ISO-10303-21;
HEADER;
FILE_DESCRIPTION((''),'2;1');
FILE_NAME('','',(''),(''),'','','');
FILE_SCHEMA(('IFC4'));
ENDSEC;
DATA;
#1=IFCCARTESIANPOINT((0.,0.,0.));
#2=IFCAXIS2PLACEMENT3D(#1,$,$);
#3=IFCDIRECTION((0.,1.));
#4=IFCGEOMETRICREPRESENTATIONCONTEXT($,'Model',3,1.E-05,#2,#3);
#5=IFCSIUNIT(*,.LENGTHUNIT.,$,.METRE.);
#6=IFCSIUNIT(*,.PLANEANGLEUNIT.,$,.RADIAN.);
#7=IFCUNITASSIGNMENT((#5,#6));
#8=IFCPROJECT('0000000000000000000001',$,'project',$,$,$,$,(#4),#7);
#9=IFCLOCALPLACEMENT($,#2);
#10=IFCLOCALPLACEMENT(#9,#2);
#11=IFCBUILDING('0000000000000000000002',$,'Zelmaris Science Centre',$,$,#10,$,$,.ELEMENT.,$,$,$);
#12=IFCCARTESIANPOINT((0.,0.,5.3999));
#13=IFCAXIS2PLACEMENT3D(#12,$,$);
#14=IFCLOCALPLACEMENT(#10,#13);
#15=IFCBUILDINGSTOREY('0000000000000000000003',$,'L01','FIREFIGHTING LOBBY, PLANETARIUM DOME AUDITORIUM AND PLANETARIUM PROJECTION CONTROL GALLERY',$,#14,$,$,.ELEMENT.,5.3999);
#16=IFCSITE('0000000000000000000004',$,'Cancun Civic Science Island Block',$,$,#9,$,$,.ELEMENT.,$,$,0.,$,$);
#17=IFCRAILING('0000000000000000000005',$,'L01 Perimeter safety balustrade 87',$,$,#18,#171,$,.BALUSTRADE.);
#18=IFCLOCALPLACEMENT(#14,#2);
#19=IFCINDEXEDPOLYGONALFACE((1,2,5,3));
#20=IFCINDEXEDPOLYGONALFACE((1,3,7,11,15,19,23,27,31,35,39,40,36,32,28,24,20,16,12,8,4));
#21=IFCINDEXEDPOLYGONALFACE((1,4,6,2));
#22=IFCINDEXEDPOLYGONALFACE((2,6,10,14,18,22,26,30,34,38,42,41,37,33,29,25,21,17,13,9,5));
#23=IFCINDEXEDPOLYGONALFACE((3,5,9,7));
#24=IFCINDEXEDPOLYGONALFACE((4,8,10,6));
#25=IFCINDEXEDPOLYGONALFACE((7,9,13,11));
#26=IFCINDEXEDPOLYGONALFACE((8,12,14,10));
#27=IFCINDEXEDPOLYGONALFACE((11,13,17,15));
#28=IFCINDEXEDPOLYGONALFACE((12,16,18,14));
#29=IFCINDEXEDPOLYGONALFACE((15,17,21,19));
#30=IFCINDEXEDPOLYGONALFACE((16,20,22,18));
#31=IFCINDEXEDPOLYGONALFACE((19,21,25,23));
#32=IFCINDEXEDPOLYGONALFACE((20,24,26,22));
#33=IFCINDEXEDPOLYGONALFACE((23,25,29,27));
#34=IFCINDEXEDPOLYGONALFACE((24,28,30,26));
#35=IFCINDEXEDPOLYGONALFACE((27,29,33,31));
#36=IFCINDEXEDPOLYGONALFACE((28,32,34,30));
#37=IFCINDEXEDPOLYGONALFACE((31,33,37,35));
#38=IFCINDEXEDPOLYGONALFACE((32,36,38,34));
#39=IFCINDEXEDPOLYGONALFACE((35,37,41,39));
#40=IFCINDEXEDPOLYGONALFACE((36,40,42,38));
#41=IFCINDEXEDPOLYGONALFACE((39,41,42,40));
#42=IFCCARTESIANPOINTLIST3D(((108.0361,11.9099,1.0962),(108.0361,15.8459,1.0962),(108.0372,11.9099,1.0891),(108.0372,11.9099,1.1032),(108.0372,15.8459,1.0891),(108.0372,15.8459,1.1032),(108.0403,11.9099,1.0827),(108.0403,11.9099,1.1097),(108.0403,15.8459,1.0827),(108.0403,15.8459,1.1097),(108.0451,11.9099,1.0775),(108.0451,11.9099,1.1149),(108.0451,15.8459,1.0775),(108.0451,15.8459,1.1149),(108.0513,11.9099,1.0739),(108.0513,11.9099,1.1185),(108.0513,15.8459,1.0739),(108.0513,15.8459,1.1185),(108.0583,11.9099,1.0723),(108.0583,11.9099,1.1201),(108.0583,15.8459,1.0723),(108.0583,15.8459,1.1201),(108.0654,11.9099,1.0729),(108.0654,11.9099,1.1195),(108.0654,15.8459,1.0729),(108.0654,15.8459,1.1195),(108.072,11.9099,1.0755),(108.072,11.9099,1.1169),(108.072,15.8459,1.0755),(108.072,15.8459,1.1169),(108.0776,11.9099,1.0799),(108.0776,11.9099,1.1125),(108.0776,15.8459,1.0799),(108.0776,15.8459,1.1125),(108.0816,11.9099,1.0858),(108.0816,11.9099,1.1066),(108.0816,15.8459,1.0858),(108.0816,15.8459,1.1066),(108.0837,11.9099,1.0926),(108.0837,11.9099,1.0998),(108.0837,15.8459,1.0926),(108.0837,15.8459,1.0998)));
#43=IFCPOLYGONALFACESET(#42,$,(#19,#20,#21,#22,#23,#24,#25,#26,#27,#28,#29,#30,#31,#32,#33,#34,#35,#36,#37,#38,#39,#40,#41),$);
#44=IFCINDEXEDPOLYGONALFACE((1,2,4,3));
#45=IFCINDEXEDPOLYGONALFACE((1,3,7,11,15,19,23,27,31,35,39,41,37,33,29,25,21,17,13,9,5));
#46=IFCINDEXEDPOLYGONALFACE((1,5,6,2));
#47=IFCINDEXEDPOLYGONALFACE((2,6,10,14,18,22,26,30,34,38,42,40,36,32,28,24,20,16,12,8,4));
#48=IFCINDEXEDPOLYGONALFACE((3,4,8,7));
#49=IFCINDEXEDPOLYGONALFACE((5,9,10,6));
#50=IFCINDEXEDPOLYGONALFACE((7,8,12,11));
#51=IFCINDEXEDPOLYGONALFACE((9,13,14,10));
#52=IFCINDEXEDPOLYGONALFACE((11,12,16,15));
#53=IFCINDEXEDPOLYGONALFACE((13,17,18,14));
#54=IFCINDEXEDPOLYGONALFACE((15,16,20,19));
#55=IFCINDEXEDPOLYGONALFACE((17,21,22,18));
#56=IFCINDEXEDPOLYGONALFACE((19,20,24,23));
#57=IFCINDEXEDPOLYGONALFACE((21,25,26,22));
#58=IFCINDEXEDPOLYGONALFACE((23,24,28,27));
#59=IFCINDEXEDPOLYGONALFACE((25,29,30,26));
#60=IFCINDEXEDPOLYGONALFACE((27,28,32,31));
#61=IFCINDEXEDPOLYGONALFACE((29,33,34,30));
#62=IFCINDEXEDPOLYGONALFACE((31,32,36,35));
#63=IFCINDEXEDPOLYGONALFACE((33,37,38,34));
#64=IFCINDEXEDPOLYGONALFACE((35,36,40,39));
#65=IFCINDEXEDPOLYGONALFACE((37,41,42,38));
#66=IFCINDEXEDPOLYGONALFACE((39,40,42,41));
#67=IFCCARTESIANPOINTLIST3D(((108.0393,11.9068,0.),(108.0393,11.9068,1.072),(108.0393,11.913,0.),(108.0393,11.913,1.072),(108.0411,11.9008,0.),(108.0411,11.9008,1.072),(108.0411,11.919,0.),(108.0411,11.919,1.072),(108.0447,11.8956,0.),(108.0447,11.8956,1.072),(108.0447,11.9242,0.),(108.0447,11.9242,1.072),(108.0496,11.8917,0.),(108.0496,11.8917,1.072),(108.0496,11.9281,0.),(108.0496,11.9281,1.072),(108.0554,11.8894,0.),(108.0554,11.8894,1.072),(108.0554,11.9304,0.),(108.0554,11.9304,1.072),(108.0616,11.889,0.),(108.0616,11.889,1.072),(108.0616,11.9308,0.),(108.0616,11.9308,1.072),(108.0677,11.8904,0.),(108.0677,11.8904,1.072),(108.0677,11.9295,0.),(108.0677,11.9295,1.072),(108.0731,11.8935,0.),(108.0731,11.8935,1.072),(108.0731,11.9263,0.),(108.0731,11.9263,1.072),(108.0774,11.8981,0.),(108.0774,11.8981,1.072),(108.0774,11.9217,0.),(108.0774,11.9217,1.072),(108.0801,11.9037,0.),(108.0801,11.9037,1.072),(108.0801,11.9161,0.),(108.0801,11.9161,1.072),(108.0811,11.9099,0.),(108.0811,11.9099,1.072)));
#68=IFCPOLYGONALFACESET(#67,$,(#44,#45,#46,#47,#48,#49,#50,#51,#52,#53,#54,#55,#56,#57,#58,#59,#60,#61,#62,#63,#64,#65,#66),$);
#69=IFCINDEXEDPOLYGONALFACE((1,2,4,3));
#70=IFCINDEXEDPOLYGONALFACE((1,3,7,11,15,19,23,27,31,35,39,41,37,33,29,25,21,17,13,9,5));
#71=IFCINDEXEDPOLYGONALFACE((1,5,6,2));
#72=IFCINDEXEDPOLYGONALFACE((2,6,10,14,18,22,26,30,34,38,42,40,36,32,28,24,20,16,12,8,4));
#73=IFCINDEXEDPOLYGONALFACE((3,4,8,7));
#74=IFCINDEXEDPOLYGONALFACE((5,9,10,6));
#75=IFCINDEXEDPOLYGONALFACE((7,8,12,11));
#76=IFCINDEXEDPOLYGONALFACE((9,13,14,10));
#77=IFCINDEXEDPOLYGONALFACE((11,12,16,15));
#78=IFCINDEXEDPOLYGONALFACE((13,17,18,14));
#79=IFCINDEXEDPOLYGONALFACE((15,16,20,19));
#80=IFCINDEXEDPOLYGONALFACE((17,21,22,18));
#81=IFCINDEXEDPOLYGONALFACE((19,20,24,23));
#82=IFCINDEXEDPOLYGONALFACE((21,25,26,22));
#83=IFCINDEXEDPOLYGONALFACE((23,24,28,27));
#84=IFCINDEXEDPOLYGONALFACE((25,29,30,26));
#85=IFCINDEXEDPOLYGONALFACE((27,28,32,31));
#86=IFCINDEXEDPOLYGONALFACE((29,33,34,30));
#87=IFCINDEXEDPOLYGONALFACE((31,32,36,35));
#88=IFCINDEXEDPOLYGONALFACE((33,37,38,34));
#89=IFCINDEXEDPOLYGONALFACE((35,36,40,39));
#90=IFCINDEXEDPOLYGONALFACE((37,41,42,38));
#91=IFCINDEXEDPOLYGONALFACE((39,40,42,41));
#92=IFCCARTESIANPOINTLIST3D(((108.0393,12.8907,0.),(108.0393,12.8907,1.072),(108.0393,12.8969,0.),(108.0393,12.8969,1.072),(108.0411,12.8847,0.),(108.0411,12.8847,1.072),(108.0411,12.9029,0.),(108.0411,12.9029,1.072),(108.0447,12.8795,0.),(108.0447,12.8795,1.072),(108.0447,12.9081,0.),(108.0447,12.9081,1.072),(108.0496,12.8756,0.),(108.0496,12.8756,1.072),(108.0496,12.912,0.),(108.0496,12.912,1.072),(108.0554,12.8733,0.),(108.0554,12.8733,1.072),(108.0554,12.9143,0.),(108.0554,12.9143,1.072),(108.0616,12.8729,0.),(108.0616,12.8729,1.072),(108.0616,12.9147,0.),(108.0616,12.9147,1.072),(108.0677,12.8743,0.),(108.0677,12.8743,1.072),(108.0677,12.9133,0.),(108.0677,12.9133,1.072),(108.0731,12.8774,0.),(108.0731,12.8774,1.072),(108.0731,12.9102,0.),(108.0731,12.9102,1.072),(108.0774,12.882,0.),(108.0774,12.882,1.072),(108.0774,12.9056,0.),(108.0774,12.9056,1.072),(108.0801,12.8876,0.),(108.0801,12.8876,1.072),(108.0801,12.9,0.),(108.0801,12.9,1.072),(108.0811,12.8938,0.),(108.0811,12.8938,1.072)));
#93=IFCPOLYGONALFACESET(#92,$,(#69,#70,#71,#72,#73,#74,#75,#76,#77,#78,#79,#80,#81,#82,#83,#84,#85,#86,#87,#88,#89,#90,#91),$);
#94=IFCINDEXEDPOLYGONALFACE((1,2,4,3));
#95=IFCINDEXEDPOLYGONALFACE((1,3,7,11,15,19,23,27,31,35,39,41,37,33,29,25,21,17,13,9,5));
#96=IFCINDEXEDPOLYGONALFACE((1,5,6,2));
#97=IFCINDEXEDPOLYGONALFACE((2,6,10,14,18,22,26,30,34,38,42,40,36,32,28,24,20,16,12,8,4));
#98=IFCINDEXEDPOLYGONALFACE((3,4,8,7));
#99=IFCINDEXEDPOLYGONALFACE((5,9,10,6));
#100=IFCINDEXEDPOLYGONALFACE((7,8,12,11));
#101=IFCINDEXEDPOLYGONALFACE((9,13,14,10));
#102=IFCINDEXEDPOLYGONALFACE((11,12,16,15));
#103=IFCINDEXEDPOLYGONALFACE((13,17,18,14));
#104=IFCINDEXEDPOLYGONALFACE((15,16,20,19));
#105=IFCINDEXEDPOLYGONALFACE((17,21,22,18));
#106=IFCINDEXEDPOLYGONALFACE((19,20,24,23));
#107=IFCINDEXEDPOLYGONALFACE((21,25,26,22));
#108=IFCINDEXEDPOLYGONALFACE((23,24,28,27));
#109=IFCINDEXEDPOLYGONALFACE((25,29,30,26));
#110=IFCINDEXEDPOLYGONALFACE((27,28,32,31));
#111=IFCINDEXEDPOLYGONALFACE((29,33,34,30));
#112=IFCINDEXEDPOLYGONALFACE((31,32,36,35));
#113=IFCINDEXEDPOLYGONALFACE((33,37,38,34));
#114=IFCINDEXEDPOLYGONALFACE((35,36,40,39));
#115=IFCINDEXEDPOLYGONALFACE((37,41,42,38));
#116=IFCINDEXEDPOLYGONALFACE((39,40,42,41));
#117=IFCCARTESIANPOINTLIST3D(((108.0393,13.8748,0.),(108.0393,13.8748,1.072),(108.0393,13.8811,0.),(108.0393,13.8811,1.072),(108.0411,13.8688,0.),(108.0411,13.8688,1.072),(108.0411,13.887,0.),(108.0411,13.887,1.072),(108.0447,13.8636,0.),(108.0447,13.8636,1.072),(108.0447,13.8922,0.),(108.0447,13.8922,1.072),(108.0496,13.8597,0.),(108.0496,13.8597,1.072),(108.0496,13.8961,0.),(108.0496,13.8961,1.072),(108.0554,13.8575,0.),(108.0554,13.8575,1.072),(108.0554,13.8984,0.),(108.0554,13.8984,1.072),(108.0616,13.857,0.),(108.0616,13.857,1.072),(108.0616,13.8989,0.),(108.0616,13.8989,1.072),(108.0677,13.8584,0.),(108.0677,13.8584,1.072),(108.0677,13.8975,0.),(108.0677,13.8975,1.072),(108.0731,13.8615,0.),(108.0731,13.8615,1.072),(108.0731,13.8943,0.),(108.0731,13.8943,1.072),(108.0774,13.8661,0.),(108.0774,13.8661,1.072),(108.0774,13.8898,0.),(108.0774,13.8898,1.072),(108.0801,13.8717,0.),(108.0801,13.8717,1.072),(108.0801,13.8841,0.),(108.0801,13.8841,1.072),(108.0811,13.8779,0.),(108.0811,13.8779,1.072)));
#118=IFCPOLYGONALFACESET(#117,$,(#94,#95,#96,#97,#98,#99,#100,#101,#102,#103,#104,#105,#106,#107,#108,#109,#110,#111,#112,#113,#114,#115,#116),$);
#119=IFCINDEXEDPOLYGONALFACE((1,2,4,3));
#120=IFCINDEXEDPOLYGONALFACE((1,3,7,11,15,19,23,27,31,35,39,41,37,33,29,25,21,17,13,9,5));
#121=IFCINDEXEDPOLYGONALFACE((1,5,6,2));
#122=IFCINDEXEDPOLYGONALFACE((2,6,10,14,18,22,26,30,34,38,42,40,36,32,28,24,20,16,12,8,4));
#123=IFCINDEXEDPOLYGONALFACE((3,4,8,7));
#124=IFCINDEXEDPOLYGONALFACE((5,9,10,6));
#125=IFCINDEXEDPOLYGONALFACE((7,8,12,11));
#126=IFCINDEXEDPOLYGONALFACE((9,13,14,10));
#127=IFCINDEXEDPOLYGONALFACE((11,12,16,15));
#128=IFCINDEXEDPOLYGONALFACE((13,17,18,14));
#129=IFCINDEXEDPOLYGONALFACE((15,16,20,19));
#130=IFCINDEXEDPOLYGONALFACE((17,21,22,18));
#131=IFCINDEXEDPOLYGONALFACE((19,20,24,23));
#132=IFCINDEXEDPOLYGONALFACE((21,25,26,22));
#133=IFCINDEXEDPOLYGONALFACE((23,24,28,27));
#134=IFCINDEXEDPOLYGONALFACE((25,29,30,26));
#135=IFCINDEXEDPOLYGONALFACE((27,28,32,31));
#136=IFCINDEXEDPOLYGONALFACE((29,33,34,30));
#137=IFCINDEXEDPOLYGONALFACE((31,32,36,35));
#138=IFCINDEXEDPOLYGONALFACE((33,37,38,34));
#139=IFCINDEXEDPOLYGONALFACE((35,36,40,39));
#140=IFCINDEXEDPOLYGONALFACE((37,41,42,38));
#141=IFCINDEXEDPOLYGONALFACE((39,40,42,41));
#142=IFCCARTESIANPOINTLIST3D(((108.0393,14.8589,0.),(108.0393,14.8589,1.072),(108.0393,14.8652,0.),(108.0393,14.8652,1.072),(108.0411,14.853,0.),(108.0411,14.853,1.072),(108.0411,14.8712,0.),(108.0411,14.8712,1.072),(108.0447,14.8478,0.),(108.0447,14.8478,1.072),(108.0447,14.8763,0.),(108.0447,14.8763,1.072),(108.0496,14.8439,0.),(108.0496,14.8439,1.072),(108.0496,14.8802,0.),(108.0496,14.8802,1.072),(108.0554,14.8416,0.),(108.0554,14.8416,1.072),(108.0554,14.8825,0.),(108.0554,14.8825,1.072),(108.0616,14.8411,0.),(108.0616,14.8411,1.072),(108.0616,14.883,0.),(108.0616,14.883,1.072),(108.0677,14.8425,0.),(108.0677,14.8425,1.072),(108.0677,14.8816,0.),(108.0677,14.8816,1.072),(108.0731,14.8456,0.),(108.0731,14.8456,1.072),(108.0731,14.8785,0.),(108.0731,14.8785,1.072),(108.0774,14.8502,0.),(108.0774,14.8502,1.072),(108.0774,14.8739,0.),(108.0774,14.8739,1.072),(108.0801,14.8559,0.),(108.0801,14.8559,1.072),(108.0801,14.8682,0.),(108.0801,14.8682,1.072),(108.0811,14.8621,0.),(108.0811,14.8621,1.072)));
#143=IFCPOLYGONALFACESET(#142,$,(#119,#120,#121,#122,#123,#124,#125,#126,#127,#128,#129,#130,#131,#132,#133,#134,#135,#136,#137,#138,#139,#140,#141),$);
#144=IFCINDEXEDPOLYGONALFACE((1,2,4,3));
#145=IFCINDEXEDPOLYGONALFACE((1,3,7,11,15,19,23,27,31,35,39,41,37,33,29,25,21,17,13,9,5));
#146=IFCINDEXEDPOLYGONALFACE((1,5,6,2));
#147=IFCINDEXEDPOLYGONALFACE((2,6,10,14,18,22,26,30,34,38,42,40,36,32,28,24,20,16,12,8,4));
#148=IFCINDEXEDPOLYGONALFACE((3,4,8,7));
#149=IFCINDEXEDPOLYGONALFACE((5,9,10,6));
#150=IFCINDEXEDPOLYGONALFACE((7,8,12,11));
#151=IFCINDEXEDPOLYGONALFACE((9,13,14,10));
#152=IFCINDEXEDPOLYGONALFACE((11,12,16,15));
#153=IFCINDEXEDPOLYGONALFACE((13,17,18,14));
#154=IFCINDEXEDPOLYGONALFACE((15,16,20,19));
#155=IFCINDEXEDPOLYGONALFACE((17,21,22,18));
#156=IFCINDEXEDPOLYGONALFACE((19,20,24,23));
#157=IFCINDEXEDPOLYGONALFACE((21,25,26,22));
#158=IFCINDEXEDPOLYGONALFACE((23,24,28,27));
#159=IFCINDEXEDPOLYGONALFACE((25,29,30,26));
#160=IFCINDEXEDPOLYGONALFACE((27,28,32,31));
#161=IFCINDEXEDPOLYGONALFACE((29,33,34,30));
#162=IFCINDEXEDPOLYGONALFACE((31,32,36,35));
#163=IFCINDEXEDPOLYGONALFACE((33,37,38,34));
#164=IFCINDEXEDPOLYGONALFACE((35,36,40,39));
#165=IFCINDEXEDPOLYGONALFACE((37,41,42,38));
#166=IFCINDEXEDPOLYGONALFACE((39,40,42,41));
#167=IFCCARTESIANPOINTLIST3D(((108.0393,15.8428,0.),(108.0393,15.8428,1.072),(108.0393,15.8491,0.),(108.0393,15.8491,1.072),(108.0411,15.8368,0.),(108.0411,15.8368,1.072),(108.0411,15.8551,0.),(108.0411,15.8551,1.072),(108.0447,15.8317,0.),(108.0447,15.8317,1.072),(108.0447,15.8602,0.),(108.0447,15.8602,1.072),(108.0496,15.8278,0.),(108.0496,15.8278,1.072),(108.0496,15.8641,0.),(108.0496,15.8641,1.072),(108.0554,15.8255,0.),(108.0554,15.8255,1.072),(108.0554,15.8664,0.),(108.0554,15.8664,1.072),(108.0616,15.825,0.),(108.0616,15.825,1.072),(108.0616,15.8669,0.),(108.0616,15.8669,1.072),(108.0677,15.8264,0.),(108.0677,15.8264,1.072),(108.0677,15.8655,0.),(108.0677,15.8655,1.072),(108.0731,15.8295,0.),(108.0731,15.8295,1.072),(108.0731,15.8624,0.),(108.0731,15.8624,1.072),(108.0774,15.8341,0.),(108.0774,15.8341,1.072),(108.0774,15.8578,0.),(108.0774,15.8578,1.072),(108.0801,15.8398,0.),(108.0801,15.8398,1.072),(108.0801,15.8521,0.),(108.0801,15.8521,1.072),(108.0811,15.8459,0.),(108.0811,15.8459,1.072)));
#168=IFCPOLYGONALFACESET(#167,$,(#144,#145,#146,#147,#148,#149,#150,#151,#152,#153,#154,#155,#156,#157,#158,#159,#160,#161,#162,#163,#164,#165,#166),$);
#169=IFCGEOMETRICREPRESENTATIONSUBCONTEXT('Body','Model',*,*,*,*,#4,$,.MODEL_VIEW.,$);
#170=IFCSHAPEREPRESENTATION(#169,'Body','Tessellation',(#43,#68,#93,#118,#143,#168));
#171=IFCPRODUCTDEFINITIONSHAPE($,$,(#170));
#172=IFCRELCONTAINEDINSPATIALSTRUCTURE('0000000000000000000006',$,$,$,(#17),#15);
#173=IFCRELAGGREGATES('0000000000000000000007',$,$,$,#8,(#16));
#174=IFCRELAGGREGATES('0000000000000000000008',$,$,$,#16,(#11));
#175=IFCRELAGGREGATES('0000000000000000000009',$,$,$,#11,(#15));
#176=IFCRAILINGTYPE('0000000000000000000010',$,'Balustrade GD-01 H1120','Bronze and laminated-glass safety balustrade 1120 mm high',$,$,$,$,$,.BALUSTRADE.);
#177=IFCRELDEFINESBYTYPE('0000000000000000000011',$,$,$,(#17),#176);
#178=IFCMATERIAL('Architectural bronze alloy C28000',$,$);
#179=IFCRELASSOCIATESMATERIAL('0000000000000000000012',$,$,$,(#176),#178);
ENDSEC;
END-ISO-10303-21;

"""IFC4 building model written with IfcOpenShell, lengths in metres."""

from ifc_helpers import new_model, si_unit, direction, frame, origin, origin_2d, place, context, subcontext, project, spatial, circle, extrude, material, type_object, element, save


model = new_model("IFC4")

# Units and contexts
model_context = context("Model", 3, precision=1e-05, world=origin(), true_north=direction((0.0, 1.0)))
body_context = subcontext(model_context, "Body", "Model", "MODEL_VIEW")
ifc_project = project(units=[si_unit("LENGTHUNIT", "METRE"), si_unit("PLANEANGLEUNIT", "RADIAN")], contexts=[model_context])

# Site, building, storey
site_placement = place(None, origin())
site = spatial("IfcSite", under=ifc_project, at=site_placement, Name="Cancun Civic Science Island Block", CompositionType="ELEMENT", RefElevation=0.0)
building_placement = place(site_placement, origin())
building = spatial("IfcBuilding", under=site, at=building_placement, Name="Zelmaris Science Centre", CompositionType="ELEMENT")
storey_placement = place(building_placement, frame((0.0, 0.0, 5.3999)))
storey = spatial("IfcBuildingStorey", under=building, at=storey_placement, Name="L01", Description="FIREFIGHTING LOBBY, PLANETARIUM DOME AUDITORIUM AND PLANETARIUM PROJECTION CONTROL GALLERY", CompositionType="ELEMENT", Elevation=5.3999)

# Railing
ifc_material_1 = material(Name="Architectural bronze alloy C28000")
railing_type = type_object("IfcRailingType", Name="Balustrade GD-01 H1120", Description="Bronze and laminated-glass safety balustrade 1120 mm high", PredefinedType="BALUSTRADE", material=ifc_material_1)
railing_1_placement = place(storey_placement, frame((108.0601, 11.9099, 0.0)))
element("IfcRailing", 1, at=railing_1_placement, inside=storey, type_object=railing_type, Name="L01 Perimeter safety balustrade 87", PredefinedType="BALUSTRADE", context=body_context, shape_type="SweptSolid", body=[
    extrude(circle(Radius=0.0239, at=origin_2d()), frame((0.0, 0.0, 1.0962), z_axis=(0.0, 1.0, 0.0), x_axis=(-1.0, 0.0, 0.0)), (0.0, 0.0, 1.0), 3.936),
    extrude(circle(Radius=0.021, at=origin_2d()), origin(), (0.0, 0.0, 1.0), 1.072),
    extrude(circle(Radius=0.021, at=origin_2d()), frame((0.0, 0.9839, 0.0)), (0.0, 0.0, 1.0), 1.072),
    extrude(circle(Radius=0.021, at=origin_2d()), frame((0.0, 1.968, 0.0)), (0.0, 0.0, 1.0), 1.072),
    extrude(circle(Radius=0.021, at=origin_2d()), frame((0.0, 2.9521, 0.0)), (0.0, 0.0, 1.0), 1.072),
    extrude(circle(Radius=0.021, at=origin_2d()), frame((0.0, 3.936, 0.0)), (0.0, 0.0, 1.0), 1.072),
])

save(model, "model.ifc")
